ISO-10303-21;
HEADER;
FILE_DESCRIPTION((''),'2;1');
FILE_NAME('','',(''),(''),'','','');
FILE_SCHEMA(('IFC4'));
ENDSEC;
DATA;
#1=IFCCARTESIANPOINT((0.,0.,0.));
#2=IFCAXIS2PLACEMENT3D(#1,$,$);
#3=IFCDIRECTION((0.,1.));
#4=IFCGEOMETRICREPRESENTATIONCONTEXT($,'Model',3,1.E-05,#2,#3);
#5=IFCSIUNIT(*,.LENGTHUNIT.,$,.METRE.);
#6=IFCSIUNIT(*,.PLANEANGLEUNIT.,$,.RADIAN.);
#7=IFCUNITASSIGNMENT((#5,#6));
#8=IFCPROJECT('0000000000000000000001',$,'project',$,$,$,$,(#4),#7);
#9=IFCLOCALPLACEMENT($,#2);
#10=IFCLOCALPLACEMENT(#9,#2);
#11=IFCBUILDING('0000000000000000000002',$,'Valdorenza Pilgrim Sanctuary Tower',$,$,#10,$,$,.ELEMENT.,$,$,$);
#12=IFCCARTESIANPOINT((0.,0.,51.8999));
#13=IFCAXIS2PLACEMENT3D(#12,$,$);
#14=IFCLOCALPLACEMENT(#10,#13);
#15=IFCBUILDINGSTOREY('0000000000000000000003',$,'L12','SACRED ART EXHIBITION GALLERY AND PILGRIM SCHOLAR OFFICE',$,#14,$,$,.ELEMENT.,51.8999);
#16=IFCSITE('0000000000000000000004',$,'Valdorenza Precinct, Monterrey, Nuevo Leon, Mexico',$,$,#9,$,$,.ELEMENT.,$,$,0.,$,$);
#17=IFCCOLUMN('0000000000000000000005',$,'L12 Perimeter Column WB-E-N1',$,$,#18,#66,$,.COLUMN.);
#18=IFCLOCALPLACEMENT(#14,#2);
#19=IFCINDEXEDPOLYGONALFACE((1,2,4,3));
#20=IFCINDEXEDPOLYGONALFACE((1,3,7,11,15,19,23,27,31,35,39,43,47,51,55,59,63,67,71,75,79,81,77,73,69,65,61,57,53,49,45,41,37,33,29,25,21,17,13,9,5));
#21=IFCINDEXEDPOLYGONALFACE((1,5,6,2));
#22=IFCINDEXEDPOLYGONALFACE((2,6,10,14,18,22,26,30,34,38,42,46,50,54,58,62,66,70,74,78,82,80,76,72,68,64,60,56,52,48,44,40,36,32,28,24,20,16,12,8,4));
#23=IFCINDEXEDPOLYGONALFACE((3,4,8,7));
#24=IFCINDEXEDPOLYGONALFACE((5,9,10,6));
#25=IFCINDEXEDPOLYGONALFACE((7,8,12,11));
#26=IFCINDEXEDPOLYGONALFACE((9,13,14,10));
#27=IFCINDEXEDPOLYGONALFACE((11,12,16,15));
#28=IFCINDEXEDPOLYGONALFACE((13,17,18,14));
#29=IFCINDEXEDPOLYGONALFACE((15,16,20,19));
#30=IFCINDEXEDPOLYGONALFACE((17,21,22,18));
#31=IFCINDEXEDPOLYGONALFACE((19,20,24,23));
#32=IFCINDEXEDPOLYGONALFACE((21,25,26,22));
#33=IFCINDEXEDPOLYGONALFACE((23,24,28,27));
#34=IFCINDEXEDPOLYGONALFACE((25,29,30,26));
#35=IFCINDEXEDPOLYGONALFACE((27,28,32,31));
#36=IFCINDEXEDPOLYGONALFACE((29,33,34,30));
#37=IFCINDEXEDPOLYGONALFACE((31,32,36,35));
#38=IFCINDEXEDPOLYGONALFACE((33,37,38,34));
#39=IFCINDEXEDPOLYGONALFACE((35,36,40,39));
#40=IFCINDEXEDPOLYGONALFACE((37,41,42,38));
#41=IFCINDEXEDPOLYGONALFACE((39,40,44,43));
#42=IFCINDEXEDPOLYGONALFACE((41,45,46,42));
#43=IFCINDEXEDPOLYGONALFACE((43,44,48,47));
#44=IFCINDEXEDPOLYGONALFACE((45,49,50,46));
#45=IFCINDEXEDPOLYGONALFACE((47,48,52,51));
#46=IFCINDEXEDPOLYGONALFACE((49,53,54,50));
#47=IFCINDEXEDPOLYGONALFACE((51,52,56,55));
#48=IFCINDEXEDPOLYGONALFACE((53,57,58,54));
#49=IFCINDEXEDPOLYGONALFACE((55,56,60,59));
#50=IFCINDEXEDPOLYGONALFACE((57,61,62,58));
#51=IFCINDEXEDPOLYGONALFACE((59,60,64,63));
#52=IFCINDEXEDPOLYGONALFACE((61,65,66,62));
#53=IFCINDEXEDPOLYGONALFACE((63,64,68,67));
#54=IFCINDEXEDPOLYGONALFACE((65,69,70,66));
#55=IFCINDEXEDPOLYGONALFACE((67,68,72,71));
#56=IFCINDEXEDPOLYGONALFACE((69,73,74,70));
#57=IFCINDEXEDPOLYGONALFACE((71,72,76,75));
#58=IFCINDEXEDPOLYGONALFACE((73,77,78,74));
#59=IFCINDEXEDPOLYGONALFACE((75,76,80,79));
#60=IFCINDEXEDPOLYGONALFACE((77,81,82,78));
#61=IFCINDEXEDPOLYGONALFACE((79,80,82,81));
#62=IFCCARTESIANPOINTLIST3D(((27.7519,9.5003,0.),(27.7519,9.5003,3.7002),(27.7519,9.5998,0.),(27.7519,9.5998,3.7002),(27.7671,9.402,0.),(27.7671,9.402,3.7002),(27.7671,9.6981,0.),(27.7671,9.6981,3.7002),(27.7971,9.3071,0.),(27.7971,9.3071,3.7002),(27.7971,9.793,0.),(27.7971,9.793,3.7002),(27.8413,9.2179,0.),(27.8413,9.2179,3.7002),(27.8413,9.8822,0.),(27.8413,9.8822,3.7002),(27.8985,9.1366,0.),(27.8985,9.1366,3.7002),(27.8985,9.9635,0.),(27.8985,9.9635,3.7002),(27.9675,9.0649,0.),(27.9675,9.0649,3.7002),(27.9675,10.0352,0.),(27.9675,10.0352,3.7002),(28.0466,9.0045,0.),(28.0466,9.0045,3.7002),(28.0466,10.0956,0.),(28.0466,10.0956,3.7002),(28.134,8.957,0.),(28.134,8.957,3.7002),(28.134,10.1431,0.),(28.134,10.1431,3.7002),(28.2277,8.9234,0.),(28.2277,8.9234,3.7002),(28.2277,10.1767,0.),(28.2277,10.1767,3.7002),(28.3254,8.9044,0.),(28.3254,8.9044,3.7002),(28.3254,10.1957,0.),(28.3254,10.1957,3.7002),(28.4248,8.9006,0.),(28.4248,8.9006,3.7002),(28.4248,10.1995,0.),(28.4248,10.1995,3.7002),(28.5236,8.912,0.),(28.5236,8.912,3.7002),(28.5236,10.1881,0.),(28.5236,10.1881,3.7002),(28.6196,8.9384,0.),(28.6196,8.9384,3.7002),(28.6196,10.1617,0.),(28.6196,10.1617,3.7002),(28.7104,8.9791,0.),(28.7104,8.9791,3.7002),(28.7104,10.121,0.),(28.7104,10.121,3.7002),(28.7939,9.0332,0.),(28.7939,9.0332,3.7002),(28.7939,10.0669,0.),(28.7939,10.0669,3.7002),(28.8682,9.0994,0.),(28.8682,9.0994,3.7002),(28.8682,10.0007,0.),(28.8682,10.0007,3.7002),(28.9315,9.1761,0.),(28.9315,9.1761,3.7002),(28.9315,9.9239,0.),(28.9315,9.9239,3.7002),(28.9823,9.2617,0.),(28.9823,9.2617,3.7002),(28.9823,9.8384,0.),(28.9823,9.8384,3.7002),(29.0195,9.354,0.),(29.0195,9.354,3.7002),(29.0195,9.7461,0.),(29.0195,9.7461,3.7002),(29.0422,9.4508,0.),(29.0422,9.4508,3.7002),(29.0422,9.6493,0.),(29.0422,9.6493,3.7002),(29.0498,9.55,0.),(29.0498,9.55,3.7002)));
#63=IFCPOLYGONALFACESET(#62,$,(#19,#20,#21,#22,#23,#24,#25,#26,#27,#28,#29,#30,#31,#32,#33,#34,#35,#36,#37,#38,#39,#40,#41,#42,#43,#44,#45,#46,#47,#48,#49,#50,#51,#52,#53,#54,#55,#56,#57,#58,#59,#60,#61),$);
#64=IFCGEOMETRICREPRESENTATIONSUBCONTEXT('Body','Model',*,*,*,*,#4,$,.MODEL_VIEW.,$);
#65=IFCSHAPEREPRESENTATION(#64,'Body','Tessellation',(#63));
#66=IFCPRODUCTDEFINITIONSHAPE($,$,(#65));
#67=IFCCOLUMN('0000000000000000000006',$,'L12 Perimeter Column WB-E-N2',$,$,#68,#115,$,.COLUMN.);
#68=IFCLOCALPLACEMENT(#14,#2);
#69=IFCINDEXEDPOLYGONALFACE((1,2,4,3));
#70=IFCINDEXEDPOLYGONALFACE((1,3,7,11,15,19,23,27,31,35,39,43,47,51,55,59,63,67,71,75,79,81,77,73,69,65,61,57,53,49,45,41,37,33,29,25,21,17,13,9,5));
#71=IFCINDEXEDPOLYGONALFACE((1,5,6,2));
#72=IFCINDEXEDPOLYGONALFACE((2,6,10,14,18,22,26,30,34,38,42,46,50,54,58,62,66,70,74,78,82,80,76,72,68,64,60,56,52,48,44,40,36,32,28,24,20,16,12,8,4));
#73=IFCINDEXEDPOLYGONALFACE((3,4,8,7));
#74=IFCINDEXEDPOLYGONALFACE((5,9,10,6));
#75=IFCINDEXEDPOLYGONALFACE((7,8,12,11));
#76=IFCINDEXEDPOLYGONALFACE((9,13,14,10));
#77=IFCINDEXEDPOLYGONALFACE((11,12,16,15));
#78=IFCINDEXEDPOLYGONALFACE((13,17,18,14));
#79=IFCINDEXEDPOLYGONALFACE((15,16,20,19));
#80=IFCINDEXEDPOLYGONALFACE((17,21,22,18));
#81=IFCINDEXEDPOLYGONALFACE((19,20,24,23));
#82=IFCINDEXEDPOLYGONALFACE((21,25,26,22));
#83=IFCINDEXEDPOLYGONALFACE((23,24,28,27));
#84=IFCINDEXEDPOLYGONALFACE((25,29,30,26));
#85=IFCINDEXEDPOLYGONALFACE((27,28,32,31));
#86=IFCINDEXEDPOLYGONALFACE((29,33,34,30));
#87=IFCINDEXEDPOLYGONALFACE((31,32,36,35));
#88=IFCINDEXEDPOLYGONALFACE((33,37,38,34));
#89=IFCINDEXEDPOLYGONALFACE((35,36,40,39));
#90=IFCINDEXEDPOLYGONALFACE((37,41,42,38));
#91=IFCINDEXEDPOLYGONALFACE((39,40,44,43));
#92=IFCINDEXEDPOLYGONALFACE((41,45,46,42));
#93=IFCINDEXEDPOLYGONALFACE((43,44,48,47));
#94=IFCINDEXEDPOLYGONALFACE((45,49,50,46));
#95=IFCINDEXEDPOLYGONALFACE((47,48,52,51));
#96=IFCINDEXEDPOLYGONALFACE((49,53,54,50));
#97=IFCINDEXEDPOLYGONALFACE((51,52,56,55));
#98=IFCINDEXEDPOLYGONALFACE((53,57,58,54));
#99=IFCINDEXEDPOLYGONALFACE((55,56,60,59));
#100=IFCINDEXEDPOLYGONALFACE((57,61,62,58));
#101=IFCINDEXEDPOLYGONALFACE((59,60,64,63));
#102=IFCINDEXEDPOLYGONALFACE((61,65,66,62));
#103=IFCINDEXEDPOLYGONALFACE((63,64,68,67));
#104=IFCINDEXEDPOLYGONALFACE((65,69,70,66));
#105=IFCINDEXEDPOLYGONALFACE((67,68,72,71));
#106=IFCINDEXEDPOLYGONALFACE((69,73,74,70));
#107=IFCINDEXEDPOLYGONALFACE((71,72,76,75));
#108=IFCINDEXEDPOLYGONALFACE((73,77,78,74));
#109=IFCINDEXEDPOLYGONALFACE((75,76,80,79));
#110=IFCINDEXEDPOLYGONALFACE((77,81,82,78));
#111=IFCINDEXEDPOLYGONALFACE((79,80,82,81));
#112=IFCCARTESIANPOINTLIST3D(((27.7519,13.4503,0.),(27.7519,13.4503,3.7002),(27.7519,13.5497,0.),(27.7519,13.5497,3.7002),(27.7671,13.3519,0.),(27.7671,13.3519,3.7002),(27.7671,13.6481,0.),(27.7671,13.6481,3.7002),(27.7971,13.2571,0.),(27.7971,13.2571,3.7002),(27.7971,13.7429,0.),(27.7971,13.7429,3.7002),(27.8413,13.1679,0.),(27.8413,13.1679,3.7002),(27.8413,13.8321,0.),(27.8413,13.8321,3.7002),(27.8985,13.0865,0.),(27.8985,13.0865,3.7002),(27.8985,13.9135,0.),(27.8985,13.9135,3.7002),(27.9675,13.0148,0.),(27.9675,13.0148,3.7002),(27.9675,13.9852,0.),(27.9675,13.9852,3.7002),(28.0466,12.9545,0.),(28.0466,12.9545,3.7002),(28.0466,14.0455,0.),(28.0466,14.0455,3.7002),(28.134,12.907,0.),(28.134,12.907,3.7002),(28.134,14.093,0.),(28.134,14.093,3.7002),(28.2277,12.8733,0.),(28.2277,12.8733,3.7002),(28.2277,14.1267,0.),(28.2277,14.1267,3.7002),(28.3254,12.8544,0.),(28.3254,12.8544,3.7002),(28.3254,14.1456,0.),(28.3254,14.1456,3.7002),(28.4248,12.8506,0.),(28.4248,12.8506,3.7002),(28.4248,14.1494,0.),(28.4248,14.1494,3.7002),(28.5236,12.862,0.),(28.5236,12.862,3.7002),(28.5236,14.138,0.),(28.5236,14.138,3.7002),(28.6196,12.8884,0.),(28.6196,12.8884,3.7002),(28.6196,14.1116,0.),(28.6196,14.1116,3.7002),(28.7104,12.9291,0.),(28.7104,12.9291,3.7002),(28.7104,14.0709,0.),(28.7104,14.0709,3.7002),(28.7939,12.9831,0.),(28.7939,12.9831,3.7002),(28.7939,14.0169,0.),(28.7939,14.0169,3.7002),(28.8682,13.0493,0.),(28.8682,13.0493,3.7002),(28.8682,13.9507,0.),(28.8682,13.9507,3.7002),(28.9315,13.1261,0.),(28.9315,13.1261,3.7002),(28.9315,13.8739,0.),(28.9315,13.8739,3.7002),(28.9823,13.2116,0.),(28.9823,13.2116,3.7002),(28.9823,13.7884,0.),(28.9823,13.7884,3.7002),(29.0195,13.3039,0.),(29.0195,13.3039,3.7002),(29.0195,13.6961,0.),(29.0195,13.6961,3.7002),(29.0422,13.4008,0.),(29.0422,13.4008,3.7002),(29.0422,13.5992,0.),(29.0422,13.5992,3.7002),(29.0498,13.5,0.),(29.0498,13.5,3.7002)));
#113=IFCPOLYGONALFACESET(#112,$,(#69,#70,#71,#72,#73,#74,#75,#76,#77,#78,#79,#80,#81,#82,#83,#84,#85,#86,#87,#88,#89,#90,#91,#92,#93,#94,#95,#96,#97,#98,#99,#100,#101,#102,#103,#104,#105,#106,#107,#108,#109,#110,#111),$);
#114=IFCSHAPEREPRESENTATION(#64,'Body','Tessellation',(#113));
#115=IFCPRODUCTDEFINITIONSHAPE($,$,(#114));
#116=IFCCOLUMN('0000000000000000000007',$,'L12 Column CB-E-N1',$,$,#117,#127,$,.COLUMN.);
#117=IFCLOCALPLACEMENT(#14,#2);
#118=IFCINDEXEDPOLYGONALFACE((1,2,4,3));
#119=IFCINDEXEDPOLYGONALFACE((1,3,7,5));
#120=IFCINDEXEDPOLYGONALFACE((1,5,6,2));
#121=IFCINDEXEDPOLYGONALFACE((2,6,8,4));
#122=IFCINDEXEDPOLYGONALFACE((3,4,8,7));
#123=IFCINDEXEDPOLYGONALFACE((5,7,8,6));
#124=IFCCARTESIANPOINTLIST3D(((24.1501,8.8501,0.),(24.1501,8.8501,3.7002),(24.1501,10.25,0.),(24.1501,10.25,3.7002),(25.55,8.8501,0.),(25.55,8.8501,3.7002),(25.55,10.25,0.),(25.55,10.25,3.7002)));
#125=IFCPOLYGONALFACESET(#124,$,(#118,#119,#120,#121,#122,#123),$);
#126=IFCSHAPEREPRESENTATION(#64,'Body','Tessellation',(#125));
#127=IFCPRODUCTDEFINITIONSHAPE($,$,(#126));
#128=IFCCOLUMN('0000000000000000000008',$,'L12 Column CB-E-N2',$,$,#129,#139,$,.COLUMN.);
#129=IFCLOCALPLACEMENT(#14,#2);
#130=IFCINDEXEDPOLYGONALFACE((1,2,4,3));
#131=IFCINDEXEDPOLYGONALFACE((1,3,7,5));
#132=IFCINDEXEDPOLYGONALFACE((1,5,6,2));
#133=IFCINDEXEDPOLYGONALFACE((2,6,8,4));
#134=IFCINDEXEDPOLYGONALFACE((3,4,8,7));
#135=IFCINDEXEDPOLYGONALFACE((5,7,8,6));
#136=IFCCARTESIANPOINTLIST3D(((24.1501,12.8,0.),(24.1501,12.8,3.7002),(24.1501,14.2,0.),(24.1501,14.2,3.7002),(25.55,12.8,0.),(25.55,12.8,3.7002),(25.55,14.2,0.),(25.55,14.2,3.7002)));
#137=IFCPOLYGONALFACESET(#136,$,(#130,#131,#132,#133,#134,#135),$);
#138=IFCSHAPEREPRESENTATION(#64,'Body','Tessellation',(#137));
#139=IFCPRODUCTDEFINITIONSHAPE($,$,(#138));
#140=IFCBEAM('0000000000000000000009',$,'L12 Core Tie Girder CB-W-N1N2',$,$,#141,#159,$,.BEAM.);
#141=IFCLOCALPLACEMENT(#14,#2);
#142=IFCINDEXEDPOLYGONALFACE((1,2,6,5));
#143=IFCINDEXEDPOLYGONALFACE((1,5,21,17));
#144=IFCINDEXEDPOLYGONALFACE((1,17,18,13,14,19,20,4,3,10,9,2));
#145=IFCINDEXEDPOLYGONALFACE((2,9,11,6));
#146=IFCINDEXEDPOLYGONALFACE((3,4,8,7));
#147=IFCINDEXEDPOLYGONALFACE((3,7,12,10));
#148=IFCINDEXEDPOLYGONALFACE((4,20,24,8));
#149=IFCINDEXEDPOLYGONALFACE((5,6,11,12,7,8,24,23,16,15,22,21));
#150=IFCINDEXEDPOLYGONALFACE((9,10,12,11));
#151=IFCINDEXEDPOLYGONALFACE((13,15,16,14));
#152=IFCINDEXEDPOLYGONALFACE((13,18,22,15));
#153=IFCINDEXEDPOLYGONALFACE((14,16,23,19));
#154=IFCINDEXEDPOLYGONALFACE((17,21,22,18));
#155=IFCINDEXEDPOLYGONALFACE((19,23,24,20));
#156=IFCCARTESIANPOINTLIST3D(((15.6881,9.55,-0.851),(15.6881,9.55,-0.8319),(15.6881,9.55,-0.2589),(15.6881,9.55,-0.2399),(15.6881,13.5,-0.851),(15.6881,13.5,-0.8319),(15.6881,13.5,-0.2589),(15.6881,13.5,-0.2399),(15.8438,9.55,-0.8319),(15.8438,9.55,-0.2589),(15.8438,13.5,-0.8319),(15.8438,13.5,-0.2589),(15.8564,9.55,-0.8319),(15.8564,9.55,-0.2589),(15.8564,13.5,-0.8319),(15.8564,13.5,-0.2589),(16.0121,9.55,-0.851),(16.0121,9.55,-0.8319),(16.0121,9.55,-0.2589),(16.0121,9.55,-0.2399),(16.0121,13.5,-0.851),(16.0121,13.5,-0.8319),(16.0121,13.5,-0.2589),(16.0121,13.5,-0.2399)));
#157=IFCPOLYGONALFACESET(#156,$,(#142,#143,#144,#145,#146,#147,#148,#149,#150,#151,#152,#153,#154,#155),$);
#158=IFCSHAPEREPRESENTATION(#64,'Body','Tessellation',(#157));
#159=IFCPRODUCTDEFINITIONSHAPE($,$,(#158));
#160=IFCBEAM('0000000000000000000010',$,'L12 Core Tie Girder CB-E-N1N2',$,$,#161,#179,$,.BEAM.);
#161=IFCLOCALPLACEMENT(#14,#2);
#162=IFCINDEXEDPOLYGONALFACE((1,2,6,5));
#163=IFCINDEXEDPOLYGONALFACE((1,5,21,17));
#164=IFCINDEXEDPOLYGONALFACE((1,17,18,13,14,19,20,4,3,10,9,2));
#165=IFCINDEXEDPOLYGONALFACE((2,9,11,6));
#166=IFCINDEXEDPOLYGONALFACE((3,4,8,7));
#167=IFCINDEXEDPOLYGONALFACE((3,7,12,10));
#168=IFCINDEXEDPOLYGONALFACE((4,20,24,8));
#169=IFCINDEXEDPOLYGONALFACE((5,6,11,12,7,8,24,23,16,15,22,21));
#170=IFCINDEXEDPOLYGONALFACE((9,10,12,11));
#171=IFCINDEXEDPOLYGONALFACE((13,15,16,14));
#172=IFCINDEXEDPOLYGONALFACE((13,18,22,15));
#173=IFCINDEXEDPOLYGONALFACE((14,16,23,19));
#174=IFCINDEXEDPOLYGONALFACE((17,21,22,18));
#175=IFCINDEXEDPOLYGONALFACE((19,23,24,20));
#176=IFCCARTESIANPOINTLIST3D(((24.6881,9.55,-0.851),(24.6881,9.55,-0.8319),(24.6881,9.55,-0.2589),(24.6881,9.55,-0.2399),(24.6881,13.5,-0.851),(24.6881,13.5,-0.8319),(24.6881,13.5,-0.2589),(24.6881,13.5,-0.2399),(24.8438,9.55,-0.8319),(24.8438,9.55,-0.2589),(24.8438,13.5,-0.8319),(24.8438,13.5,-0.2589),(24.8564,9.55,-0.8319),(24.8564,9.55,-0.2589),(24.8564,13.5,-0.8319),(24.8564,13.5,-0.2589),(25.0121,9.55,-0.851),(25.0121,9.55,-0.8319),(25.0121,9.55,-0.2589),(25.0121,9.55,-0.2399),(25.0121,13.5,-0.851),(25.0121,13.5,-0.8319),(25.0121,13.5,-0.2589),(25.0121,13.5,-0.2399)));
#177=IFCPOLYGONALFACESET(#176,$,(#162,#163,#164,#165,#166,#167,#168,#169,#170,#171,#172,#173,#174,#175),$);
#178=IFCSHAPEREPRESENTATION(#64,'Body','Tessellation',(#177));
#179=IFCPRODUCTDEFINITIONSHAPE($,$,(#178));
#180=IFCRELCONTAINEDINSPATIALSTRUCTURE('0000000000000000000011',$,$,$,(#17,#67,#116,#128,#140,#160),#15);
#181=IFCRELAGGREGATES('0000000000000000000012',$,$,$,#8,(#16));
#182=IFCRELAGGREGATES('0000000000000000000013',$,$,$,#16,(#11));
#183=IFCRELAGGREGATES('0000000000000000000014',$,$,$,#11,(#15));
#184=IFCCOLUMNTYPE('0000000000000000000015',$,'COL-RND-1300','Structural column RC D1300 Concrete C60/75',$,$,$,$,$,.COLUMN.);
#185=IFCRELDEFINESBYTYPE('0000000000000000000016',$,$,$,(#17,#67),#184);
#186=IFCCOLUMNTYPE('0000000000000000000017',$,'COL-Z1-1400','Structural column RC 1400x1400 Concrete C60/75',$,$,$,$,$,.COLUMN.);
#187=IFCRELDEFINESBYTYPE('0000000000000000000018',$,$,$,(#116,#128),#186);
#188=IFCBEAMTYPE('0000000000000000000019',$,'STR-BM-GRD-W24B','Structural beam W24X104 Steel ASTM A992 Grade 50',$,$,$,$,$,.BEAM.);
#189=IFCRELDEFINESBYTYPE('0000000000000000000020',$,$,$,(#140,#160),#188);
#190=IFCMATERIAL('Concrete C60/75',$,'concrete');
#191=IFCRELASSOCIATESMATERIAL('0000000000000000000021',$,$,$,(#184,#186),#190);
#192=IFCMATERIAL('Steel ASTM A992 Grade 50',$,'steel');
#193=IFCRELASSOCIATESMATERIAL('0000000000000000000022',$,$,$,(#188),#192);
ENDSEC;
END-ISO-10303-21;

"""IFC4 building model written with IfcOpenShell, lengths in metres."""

from ifc_helpers import new_model, si_unit, direction, frame, origin, origin_2d, place, context, subcontext, project, spatial, rectangle, circle, i_section, extrude, source, transform, mapped, material, material_profile, profile_set, type_object, element, save


model = new_model("IFC4")

# Units and contexts
model_context = context("Model", 3, precision=1e-05, world=origin(), true_north=direction((0.0, 1.0)))
body_context = subcontext(model_context, "Body", "Model", "MODEL_VIEW")
ifc_project = project(units=[si_unit("LENGTHUNIT", "METRE"), si_unit("PLANEANGLEUNIT", "RADIAN")], contexts=[model_context])

# Site, building, storey
site_placement = place(None, origin())
site = spatial("IfcSite", under=ifc_project, at=site_placement, Name="Valdorenza Precinct, Monterrey, Nuevo Leon, Mexico", CompositionType="ELEMENT", RefElevation=0.0)
building_placement = place(site_placement, origin())
building = spatial("IfcBuilding", under=site, at=building_placement, Name="Valdorenza Pilgrim Sanctuary Tower", CompositionType="ELEMENT")
storey_placement = place(building_placement, frame((0.0, 0.0, 51.8999)))
storey = spatial("IfcBuildingStorey", under=building, at=storey_placement, Name="L12", Description="SACRED ART EXHIBITION GALLERY AND PILGRIM SCHOLAR OFFICE", CompositionType="ELEMENT", Elevation=51.8999)

# Columns
ifc_material_1 = material(Name="Concrete C60/75", Category="concrete")
ifc_material_profile_1 = material_profile(ifc_material_1, circle(Radius=0.6499, at=origin_2d()), Name="RC D1300")
ifc_profile_set_1 = profile_set([ifc_material_profile_1], Name="Concrete C60/75")
column_type_1 = type_object("IfcColumnType", Name="COL-RND-1300", Description="Structural column RC D1300 Concrete C60/75", PredefinedType="COLUMN", material=ifc_profile_set_1)
shared_shape_1 = source(origin(), body_context, "Body", "SweptSolid", [
    extrude(circle(Radius=0.6499, at=origin_2d()), origin(), (0.0, 0.0, 1.0), 3.7002),
])
for number, where, z_axis, x_axis, name in (
    (1, (28.3999, 9.55, 0.0), (0.0, 0.0, 1.0), (1.0, 0.0, 0.0), "L12 Perimeter Column WB-E-N1"),
    (2, (28.3999, 13.5, 0.0), (0.0, 0.0, 1.0), (1.0, 0.0, 0.0), "L12 Perimeter Column WB-E-N2"),
):
    element("IfcColumn", number, at=place(storey_placement, frame(where, z_axis=z_axis, x_axis=x_axis)), inside=storey, type_object=column_type_1, Name=name, PredefinedType="COLUMN", context=body_context, shape_type="MappedRepresentation", body=[
        mapped(shared_shape_1, transform((0.0, 0.0, 0.0), x_axis=(1.0, 0.0, 0.0), y_axis=(0.0, 1.0, 0.0), z_axis=(0.0, 0.0, 1.0), scale=1.0)),
    ])
ifc_material_profile_2 = material_profile(ifc_material_1, rectangle(XDim=1.3999, YDim=1.3999, at=origin_2d()), Name="RC 1400x1400")
ifc_profile_set_2 = profile_set([ifc_material_profile_2], Name="Concrete C60/75")
column_type_2 = type_object("IfcColumnType", Name="COL-Z1-1400", Description="Structural column RC 1400x1400 Concrete C60/75", PredefinedType="COLUMN", material=ifc_profile_set_2)
shared_shape_2 = source(origin(), body_context, "Body", "SweptSolid", [
    extrude(rectangle(XDim=1.3999, YDim=1.3999, at=origin_2d()), origin(), (0.0, 0.0, 1.0), 3.7002),
])
for number, where, z_axis, x_axis, name in (
    (3, (24.8501, 9.55, 0.0), (0.0, 0.0, 1.0), (1.0, 0.0, 0.0), "L12 Column CB-E-N1"),
    (4, (24.8501, 13.5, 0.0), (0.0, 0.0, 1.0), (1.0, 0.0, 0.0), "L12 Column CB-E-N2"),
):
    element("IfcColumn", number, at=place(storey_placement, frame(where, z_axis=z_axis, x_axis=x_axis)), inside=storey, type_object=column_type_2, Name=name, PredefinedType="COLUMN", context=body_context, shape_type="MappedRepresentation", body=[
        mapped(shared_shape_2, transform((0.0, 0.0, 0.0), x_axis=(1.0, 0.0, 0.0), y_axis=(0.0, 1.0, 0.0), z_axis=(0.0, 0.0, 1.0), scale=1.0)),
    ])

# Beams
ifc_material_2 = material(Name="Steel ASTM A992 Grade 50", Category="steel")
ifc_material_profile_3 = material_profile(ifc_material_2, i_section(OverallWidth=0.324, OverallDepth=0.6111, WebThickness=0.0127, FlangeThickness=0.019, at=origin_2d()), Name="W24X104")
ifc_profile_set_3 = profile_set([ifc_material_profile_3], Name="Steel ASTM A992 Grade 50")
beam_type_1 = type_object("IfcBeamType", Name="STR-BM-GRD-W24B", Description="Structural beam W24X104 Steel ASTM A992 Grade 50", PredefinedType="BEAM", material=ifc_profile_set_3)
shared_shape_3 = source(origin(), body_context, "Body", "SweptSolid", [
    extrude(i_section(OverallWidth=0.324, OverallDepth=0.6111, WebThickness=0.0127, FlangeThickness=0.019, at=origin_2d()), origin(), (0.0, 0.0, 1.0), 3.95),
])
for number, where, z_axis, x_axis, name in (
    (5, (15.8501, 9.55, -0.5454), (0.0, 1.0, 0.0), (-1.0, 0.0, 0.0), "L12 Core Tie Girder CB-W-N1N2"),
    (6, (24.8501, 9.55, -0.5454), (0.0, 1.0, 0.0), (-1.0, 0.0, 0.0), "L12 Core Tie Girder CB-E-N1N2"),
):
    element("IfcBeam", number, at=place(storey_placement, frame(where, z_axis=z_axis, x_axis=x_axis)), inside=storey, type_object=beam_type_1, Name=name, PredefinedType="BEAM", context=body_context, shape_type="MappedRepresentation", body=[
        mapped(shared_shape_3, transform((0.0, 0.0, 0.0), x_axis=(1.0, 0.0, 0.0), y_axis=(0.0, 1.0, 0.0), z_axis=(0.0, 0.0, 1.0), scale=1.0)),
    ])

save(model, "model.ifc")
